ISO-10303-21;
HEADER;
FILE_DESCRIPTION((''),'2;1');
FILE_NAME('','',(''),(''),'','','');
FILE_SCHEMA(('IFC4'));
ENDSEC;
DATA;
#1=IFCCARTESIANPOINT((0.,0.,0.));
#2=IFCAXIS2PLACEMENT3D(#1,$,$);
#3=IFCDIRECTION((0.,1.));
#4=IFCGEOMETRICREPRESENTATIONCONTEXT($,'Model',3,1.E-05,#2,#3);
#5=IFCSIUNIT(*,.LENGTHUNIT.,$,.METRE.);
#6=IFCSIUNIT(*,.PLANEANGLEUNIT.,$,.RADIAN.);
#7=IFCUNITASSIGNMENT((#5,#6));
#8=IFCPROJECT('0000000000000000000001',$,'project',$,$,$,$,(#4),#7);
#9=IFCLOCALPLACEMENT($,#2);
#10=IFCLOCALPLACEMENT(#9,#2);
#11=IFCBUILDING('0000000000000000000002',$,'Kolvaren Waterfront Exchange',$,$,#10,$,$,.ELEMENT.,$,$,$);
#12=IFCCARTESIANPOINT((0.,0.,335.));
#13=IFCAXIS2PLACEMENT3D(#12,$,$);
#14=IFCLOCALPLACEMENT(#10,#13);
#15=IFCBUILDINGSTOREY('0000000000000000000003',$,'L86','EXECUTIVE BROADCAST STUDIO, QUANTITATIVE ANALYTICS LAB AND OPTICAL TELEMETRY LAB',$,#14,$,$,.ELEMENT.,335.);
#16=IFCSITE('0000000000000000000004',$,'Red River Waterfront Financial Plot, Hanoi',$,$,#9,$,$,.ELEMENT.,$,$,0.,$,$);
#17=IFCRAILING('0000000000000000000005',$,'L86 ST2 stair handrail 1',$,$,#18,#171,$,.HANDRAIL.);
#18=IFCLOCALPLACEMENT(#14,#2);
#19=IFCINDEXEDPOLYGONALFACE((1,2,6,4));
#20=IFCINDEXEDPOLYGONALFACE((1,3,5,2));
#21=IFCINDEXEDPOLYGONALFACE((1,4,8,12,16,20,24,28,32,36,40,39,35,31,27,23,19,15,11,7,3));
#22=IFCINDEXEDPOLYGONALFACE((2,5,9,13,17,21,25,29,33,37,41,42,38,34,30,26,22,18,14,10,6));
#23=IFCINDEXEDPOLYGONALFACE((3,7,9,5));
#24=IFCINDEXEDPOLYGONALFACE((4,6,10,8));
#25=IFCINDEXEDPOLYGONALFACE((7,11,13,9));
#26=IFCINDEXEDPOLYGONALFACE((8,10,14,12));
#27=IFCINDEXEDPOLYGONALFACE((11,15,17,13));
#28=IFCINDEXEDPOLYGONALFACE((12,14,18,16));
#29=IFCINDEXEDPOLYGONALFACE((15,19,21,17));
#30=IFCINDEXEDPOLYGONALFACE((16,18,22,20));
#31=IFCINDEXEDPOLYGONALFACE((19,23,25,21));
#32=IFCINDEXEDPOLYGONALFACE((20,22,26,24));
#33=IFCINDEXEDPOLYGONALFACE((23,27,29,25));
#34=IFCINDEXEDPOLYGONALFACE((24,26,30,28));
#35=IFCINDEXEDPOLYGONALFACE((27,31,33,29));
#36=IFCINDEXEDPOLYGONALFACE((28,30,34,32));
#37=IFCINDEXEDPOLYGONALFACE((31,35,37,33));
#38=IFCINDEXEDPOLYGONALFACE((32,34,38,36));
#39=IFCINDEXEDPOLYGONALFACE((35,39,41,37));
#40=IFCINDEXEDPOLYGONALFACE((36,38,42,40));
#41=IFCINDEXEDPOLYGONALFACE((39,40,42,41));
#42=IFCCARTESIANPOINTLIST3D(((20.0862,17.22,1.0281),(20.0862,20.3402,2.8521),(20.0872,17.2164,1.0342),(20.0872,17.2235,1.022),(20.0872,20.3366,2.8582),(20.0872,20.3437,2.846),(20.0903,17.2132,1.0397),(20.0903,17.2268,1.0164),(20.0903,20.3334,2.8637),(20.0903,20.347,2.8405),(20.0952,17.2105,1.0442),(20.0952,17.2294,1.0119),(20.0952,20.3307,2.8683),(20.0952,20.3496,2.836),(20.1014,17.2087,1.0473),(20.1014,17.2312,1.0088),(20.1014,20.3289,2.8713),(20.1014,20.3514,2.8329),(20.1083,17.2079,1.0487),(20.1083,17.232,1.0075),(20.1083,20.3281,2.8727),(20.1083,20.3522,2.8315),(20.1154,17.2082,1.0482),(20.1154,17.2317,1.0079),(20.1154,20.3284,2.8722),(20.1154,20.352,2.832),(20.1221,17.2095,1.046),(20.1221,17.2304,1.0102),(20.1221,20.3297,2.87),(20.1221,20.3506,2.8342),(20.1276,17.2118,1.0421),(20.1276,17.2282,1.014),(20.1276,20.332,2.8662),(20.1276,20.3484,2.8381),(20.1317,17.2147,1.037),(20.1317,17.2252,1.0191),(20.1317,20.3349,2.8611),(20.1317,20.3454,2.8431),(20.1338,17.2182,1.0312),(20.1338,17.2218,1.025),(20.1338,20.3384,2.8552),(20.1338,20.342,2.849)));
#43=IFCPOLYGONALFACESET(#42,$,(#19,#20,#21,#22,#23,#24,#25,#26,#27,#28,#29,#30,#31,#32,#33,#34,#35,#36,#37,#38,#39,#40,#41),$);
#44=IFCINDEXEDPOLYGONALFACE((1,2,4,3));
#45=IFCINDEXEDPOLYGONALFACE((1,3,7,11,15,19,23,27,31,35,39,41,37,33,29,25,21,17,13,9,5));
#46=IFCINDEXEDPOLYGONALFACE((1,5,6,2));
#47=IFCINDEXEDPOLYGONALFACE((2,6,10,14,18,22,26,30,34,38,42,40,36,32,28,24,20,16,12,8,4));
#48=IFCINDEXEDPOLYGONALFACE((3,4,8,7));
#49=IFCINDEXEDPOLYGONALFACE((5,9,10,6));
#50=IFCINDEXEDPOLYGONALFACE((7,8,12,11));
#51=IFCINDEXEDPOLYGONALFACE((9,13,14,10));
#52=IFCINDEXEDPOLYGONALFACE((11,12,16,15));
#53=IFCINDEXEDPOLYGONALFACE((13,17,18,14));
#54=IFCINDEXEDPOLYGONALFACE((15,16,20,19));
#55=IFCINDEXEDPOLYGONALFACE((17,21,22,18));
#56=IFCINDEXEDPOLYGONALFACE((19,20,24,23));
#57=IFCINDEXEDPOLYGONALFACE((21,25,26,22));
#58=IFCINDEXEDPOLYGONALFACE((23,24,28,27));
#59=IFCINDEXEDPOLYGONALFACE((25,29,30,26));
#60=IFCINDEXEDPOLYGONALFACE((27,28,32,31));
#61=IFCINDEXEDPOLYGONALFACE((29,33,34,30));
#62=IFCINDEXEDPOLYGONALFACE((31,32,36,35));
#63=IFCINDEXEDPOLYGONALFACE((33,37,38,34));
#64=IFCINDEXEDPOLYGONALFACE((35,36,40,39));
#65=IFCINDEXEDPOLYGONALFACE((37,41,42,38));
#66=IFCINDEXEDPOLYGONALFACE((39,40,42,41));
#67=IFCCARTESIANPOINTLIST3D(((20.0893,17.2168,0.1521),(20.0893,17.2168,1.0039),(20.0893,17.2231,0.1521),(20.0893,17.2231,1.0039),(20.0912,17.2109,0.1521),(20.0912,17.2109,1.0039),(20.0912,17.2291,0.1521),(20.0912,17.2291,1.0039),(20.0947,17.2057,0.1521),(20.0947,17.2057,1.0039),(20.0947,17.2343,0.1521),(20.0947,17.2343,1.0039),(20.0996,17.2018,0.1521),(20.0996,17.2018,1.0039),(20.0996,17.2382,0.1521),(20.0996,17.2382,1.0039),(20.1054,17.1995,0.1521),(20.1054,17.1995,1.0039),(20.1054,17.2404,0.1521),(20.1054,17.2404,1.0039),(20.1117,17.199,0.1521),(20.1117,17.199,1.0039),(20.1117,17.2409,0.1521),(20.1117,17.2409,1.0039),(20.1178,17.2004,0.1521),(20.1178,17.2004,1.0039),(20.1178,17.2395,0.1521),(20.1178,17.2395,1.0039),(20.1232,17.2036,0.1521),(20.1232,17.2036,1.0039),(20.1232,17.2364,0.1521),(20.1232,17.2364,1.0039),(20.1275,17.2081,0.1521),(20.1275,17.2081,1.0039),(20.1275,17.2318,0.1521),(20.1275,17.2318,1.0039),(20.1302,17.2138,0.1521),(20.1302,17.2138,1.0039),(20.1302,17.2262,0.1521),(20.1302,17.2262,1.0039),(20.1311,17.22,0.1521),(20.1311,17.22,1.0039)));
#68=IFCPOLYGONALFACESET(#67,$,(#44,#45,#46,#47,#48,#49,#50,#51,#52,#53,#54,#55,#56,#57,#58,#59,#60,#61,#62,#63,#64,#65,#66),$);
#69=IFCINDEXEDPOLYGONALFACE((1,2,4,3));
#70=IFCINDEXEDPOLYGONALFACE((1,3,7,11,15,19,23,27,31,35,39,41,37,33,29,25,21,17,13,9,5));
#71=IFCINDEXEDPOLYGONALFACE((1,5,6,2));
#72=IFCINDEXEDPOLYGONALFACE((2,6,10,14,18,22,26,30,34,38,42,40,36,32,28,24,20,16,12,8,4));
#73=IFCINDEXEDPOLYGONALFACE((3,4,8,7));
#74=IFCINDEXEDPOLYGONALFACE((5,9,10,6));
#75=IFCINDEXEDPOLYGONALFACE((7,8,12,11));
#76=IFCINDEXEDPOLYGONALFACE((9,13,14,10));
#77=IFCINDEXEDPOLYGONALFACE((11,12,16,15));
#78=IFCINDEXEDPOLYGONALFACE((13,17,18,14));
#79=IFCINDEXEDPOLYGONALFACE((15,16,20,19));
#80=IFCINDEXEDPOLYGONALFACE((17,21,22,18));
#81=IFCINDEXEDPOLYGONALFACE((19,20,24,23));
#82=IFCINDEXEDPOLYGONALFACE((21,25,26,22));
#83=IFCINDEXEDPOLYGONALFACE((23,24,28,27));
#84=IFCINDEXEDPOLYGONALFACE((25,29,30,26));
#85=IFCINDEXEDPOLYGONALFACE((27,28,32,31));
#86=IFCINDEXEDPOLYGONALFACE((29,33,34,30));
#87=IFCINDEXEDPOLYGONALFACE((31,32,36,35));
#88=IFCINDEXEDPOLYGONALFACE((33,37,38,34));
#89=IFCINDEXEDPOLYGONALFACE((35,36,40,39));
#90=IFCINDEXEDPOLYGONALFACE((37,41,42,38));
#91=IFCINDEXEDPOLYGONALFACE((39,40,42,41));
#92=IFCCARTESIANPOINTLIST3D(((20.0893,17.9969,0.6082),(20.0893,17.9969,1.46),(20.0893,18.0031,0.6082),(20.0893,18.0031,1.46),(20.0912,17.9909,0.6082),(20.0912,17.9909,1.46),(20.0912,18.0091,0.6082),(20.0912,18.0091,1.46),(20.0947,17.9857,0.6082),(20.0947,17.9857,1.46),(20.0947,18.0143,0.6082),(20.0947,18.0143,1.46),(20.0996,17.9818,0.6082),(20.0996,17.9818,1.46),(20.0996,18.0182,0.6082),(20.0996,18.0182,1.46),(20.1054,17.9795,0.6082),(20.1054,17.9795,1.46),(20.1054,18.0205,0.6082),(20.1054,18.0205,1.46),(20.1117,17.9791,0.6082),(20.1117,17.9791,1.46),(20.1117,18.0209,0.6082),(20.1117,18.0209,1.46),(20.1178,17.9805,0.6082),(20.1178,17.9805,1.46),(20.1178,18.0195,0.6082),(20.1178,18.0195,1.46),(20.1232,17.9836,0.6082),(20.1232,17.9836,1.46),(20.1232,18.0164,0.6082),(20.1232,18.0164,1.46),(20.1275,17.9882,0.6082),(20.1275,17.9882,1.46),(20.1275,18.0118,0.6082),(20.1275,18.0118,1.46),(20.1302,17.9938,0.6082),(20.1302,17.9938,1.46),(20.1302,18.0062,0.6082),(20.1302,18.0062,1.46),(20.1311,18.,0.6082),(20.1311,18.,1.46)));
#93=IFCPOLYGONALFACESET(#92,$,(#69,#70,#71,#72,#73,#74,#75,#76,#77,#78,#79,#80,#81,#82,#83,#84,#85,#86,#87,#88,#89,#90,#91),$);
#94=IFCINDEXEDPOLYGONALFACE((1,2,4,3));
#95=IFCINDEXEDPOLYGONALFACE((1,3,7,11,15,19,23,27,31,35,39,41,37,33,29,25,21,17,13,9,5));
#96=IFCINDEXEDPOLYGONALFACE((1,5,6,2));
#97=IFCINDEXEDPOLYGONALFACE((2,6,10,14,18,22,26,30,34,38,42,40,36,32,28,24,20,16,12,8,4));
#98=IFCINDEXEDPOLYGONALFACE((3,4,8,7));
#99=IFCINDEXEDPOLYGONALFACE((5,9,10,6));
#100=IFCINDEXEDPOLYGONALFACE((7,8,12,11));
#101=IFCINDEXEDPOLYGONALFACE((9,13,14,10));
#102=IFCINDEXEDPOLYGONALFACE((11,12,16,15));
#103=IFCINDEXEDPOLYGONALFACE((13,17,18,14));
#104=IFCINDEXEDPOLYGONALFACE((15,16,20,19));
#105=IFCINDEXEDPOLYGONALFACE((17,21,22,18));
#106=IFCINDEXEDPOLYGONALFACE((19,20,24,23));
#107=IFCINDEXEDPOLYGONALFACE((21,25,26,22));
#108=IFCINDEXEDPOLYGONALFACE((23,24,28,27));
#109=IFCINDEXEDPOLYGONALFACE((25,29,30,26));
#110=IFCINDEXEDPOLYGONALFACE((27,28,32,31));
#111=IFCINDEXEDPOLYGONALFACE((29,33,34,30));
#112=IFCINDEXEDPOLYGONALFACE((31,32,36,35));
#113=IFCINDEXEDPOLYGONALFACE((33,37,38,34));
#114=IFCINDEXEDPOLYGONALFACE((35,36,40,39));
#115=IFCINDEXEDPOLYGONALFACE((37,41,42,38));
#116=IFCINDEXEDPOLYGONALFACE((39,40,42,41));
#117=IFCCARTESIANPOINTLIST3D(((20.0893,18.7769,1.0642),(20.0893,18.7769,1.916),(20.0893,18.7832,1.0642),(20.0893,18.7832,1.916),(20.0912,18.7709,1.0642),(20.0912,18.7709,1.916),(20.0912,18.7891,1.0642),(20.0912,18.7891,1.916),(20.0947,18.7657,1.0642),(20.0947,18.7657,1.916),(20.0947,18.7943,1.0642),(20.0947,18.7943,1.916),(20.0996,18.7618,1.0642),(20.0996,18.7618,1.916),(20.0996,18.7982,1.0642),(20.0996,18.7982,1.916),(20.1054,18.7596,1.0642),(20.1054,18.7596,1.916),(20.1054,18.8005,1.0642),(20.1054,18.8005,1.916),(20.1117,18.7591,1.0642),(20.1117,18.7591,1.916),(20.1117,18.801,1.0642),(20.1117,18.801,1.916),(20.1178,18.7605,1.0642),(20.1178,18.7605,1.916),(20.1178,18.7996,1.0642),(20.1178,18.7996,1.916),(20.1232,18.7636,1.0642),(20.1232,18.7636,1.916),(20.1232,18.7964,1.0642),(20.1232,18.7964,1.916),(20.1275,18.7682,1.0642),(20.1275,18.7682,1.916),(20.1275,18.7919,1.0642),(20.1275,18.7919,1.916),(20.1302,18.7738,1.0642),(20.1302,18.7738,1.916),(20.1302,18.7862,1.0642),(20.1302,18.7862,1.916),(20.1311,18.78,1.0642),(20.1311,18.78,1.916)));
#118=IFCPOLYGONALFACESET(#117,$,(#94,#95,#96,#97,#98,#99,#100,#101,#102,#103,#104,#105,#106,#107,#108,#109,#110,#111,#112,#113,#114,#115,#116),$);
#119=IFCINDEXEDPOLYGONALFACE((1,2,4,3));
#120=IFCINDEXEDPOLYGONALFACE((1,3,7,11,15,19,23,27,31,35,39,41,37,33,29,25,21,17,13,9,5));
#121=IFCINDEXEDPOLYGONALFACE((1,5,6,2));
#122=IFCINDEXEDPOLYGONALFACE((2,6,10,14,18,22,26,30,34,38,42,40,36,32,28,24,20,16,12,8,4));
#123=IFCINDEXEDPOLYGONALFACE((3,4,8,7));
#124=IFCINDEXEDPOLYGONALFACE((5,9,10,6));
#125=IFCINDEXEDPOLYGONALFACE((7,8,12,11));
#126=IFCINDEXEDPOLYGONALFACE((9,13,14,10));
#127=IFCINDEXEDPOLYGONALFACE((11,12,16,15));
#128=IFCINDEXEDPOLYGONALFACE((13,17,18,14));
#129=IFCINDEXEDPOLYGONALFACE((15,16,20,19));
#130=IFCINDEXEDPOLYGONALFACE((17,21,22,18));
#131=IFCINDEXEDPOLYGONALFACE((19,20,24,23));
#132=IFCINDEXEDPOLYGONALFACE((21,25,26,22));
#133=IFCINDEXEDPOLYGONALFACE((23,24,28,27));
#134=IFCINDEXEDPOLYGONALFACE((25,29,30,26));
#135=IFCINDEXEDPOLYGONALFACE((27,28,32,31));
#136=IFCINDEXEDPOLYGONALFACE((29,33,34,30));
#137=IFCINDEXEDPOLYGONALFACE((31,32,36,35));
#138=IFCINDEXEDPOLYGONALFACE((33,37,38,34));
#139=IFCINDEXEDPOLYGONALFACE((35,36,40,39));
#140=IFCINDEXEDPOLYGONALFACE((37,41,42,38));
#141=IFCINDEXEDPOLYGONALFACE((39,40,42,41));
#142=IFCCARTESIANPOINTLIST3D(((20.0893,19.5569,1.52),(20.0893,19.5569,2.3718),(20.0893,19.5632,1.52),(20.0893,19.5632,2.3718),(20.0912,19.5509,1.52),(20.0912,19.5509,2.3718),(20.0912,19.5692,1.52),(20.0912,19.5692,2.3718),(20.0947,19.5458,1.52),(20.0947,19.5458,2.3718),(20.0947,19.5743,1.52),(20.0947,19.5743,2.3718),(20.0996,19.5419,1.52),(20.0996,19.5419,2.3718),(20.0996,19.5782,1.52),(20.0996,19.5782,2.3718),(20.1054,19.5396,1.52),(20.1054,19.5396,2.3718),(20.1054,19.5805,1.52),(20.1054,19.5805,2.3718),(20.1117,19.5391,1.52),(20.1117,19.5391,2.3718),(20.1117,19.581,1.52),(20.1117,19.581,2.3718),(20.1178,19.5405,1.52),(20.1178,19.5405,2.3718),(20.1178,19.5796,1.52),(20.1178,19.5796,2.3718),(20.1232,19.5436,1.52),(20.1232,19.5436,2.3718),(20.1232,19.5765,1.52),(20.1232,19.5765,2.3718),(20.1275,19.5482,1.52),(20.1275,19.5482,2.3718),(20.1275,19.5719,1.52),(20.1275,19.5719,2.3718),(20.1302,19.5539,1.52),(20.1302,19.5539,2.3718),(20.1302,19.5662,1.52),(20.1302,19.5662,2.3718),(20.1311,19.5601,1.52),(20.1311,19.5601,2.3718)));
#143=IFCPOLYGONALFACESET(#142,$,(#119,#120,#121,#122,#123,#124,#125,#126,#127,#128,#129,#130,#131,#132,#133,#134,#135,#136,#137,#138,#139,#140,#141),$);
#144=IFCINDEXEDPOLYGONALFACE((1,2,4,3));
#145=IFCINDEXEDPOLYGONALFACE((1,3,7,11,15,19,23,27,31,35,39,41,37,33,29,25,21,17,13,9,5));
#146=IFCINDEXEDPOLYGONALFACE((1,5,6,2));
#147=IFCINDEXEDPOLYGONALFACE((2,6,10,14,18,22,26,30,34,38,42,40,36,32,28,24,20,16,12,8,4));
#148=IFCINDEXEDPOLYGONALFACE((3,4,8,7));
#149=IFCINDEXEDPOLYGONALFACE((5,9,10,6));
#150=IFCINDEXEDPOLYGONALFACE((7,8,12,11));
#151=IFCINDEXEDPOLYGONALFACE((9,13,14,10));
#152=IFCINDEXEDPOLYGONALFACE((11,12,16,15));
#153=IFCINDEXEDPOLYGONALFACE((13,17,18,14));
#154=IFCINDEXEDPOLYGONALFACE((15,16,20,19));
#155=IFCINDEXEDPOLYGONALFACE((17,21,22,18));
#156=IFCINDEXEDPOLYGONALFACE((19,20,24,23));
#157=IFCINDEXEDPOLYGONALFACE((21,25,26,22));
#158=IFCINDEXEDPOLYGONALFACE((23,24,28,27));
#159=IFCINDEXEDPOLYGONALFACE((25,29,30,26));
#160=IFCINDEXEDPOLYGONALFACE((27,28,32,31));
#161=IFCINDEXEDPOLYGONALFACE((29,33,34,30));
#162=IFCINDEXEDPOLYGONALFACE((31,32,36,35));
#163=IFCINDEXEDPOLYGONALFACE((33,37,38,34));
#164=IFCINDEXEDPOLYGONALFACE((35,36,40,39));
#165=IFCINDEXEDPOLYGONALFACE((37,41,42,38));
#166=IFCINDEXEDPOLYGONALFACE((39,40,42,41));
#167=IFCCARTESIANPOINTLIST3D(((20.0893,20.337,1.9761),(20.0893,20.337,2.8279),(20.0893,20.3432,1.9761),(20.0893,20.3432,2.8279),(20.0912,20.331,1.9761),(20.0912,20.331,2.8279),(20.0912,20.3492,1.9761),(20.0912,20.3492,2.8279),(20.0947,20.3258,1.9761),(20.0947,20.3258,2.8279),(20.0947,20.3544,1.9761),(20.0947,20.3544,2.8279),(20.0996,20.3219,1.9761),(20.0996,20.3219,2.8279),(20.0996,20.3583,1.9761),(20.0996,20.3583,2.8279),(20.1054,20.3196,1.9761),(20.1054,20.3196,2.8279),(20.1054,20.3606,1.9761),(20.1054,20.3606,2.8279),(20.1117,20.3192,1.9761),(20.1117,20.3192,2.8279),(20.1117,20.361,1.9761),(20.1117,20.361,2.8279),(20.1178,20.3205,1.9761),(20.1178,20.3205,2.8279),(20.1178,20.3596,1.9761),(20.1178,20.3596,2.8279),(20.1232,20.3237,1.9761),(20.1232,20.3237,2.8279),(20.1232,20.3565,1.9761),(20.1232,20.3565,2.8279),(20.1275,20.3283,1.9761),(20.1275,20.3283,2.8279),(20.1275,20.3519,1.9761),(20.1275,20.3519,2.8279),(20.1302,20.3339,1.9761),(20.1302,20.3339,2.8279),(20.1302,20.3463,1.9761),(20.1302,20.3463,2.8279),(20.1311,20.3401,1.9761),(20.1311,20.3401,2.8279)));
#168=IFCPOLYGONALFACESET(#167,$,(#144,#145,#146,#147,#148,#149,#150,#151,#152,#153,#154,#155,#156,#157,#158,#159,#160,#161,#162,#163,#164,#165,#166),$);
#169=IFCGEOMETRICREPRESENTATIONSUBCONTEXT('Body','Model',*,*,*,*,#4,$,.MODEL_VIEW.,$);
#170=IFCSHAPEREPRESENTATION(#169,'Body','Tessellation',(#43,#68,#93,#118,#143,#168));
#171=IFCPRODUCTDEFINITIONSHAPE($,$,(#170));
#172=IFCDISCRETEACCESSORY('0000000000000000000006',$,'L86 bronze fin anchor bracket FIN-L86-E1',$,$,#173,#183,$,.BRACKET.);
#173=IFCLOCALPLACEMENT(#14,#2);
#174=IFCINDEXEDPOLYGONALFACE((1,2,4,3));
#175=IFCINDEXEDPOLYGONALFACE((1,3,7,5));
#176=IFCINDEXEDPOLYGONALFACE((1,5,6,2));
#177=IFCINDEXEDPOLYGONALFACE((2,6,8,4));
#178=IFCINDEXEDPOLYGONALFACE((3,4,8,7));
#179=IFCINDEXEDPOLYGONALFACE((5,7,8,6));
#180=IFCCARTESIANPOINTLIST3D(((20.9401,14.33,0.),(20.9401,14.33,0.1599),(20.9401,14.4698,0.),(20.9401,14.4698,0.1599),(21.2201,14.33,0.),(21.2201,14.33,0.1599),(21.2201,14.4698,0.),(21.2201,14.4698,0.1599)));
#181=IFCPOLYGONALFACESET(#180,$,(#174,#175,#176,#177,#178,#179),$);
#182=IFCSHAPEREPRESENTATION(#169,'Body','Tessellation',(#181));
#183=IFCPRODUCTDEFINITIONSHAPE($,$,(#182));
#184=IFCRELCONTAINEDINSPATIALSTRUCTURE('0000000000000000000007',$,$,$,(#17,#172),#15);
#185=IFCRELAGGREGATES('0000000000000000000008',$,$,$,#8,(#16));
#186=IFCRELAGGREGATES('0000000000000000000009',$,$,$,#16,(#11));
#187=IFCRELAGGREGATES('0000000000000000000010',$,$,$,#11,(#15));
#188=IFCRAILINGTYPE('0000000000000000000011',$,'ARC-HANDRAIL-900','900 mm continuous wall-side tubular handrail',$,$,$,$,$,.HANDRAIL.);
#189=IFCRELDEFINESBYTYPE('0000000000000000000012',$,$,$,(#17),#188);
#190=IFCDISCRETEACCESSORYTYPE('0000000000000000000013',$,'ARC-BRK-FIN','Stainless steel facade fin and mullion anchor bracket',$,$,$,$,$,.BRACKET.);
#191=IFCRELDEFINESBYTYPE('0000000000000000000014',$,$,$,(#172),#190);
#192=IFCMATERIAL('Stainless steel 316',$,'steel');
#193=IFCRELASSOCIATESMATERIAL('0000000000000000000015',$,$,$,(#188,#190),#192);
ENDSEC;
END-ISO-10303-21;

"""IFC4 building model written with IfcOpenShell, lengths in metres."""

from ifc_helpers import new_model, si_unit, direction, frame, origin, origin_with_axes, origin_2d, place, context, subcontext, project, spatial, rectangle, circle, extrude, source, transform, mapped, material, type_object, element, save


model = new_model("IFC4")

# Units and contexts
model_context = context("Model", 3, precision=1e-05, world=origin(), true_north=direction((0.0, 1.0)))
body_context = subcontext(model_context, "Body", "Model", "MODEL_VIEW")
ifc_project = project(units=[si_unit("LENGTHUNIT", "METRE"), si_unit("PLANEANGLEUNIT", "RADIAN")], contexts=[model_context])

# Site, building, storey
site_placement = place(None, origin())
site = spatial("IfcSite", under=ifc_project, at=site_placement, Name="Red River Waterfront Financial Plot, Hanoi", CompositionType="ELEMENT", RefElevation=0.0)
building_placement = place(site_placement, origin())
building = spatial("IfcBuilding", under=site, at=building_placement, Name="Kolvaren Waterfront Exchange", CompositionType="ELEMENT")
storey_placement = place(building_placement, frame((0.0, 0.0, 335.0)))
storey = spatial("IfcBuildingStorey", under=building, at=storey_placement, Name="L86", Description="EXECUTIVE BROADCAST STUDIO, QUANTITATIVE ANALYTICS LAB AND OPTICAL TELEMETRY LAB", CompositionType="ELEMENT", Elevation=335.0)

# Railing
ifc_material_1 = material(Name="Stainless steel 316", Category="steel")
railing_type_1 = type_object("IfcRailingType", Name="ARC-HANDRAIL-900", Description="900 mm continuous wall-side tubular handrail", PredefinedType="HANDRAIL", material=ifc_material_1)
railing_1_placement = place(storey_placement, frame((20.1101, 17.22, 0.1521)))
element("IfcRailing", 1, at=railing_1_placement, inside=storey, type_object=railing_type_1, Name="L86 ST2 stair handrail 1", PredefinedType="HANDRAIL", context=body_context, shape_type="SweptSolid", body=[
    extrude(circle(Radius=0.0239, at=origin_2d()), frame((0.0, 0.0, 0.876), z_axis=(0.0, 0.863308, 0.504677), x_axis=(-1.0, 0.0, 0.0)), (0.0, 0.0, 1.0), 3.6143),
    extrude(circle(Radius=0.021, at=origin_2d()), origin(), (0.0, 0.0, 1.0), 0.8518),
    extrude(circle(Radius=0.021, at=origin_2d()), frame((0.0, 0.78, 0.4561)), (0.0, 0.0, 1.0), 0.8518),
    extrude(circle(Radius=0.021, at=origin_2d()), frame((0.0, 1.5601, 0.9121)), (0.0, 0.0, 1.0), 0.8518),
    extrude(circle(Radius=0.021, at=origin_2d()), frame((0.0, 2.3401, 1.3679)), (0.0, 0.0, 1.0), 0.8518),
    extrude(circle(Radius=0.021, at=origin_2d()), frame((0.0, 3.1201, 1.824)), (0.0, 0.0, 1.0), 0.8518),
])

# Discrete accessory
discrete_accessory_type = type_object("IfcDiscreteAccessoryType", Name="ARC-BRK-FIN", Description="Stainless steel facade fin and mullion anchor bracket", PredefinedType="BRACKET", material=ifc_material_1)
shared_shape = source(origin_with_axes(), body_context, "Body", "SweptSolid", [
    extrude(rectangle(XDim=0.28, YDim=0.1399, at=origin_2d()), origin(), (0.0, 0.0, 1.0), 0.1599),
])
discrete_accessory_placement = place(storey_placement, frame((21.0801, 14.3999, 0.0), z_axis=(0.0, 0.0, 1.0), x_axis=(1.0, 0.0, 0.0)))
element("IfcDiscreteAccessory", 2, at=discrete_accessory_placement, inside=storey, type_object=discrete_accessory_type, Name="L86 bronze fin anchor bracket FIN-L86-E1", PredefinedType="BRACKET", context=body_context, shape_type="MappedRepresentation", body=[
    mapped(shared_shape, transform((0.0, 0.0, 0.0), x_axis=(1.0, 0.0, 0.0), y_axis=(0.0, 1.0, 0.0), z_axis=(0.0, 0.0, 1.0), scale=1.0)),
])

save(model, "model.ifc")
